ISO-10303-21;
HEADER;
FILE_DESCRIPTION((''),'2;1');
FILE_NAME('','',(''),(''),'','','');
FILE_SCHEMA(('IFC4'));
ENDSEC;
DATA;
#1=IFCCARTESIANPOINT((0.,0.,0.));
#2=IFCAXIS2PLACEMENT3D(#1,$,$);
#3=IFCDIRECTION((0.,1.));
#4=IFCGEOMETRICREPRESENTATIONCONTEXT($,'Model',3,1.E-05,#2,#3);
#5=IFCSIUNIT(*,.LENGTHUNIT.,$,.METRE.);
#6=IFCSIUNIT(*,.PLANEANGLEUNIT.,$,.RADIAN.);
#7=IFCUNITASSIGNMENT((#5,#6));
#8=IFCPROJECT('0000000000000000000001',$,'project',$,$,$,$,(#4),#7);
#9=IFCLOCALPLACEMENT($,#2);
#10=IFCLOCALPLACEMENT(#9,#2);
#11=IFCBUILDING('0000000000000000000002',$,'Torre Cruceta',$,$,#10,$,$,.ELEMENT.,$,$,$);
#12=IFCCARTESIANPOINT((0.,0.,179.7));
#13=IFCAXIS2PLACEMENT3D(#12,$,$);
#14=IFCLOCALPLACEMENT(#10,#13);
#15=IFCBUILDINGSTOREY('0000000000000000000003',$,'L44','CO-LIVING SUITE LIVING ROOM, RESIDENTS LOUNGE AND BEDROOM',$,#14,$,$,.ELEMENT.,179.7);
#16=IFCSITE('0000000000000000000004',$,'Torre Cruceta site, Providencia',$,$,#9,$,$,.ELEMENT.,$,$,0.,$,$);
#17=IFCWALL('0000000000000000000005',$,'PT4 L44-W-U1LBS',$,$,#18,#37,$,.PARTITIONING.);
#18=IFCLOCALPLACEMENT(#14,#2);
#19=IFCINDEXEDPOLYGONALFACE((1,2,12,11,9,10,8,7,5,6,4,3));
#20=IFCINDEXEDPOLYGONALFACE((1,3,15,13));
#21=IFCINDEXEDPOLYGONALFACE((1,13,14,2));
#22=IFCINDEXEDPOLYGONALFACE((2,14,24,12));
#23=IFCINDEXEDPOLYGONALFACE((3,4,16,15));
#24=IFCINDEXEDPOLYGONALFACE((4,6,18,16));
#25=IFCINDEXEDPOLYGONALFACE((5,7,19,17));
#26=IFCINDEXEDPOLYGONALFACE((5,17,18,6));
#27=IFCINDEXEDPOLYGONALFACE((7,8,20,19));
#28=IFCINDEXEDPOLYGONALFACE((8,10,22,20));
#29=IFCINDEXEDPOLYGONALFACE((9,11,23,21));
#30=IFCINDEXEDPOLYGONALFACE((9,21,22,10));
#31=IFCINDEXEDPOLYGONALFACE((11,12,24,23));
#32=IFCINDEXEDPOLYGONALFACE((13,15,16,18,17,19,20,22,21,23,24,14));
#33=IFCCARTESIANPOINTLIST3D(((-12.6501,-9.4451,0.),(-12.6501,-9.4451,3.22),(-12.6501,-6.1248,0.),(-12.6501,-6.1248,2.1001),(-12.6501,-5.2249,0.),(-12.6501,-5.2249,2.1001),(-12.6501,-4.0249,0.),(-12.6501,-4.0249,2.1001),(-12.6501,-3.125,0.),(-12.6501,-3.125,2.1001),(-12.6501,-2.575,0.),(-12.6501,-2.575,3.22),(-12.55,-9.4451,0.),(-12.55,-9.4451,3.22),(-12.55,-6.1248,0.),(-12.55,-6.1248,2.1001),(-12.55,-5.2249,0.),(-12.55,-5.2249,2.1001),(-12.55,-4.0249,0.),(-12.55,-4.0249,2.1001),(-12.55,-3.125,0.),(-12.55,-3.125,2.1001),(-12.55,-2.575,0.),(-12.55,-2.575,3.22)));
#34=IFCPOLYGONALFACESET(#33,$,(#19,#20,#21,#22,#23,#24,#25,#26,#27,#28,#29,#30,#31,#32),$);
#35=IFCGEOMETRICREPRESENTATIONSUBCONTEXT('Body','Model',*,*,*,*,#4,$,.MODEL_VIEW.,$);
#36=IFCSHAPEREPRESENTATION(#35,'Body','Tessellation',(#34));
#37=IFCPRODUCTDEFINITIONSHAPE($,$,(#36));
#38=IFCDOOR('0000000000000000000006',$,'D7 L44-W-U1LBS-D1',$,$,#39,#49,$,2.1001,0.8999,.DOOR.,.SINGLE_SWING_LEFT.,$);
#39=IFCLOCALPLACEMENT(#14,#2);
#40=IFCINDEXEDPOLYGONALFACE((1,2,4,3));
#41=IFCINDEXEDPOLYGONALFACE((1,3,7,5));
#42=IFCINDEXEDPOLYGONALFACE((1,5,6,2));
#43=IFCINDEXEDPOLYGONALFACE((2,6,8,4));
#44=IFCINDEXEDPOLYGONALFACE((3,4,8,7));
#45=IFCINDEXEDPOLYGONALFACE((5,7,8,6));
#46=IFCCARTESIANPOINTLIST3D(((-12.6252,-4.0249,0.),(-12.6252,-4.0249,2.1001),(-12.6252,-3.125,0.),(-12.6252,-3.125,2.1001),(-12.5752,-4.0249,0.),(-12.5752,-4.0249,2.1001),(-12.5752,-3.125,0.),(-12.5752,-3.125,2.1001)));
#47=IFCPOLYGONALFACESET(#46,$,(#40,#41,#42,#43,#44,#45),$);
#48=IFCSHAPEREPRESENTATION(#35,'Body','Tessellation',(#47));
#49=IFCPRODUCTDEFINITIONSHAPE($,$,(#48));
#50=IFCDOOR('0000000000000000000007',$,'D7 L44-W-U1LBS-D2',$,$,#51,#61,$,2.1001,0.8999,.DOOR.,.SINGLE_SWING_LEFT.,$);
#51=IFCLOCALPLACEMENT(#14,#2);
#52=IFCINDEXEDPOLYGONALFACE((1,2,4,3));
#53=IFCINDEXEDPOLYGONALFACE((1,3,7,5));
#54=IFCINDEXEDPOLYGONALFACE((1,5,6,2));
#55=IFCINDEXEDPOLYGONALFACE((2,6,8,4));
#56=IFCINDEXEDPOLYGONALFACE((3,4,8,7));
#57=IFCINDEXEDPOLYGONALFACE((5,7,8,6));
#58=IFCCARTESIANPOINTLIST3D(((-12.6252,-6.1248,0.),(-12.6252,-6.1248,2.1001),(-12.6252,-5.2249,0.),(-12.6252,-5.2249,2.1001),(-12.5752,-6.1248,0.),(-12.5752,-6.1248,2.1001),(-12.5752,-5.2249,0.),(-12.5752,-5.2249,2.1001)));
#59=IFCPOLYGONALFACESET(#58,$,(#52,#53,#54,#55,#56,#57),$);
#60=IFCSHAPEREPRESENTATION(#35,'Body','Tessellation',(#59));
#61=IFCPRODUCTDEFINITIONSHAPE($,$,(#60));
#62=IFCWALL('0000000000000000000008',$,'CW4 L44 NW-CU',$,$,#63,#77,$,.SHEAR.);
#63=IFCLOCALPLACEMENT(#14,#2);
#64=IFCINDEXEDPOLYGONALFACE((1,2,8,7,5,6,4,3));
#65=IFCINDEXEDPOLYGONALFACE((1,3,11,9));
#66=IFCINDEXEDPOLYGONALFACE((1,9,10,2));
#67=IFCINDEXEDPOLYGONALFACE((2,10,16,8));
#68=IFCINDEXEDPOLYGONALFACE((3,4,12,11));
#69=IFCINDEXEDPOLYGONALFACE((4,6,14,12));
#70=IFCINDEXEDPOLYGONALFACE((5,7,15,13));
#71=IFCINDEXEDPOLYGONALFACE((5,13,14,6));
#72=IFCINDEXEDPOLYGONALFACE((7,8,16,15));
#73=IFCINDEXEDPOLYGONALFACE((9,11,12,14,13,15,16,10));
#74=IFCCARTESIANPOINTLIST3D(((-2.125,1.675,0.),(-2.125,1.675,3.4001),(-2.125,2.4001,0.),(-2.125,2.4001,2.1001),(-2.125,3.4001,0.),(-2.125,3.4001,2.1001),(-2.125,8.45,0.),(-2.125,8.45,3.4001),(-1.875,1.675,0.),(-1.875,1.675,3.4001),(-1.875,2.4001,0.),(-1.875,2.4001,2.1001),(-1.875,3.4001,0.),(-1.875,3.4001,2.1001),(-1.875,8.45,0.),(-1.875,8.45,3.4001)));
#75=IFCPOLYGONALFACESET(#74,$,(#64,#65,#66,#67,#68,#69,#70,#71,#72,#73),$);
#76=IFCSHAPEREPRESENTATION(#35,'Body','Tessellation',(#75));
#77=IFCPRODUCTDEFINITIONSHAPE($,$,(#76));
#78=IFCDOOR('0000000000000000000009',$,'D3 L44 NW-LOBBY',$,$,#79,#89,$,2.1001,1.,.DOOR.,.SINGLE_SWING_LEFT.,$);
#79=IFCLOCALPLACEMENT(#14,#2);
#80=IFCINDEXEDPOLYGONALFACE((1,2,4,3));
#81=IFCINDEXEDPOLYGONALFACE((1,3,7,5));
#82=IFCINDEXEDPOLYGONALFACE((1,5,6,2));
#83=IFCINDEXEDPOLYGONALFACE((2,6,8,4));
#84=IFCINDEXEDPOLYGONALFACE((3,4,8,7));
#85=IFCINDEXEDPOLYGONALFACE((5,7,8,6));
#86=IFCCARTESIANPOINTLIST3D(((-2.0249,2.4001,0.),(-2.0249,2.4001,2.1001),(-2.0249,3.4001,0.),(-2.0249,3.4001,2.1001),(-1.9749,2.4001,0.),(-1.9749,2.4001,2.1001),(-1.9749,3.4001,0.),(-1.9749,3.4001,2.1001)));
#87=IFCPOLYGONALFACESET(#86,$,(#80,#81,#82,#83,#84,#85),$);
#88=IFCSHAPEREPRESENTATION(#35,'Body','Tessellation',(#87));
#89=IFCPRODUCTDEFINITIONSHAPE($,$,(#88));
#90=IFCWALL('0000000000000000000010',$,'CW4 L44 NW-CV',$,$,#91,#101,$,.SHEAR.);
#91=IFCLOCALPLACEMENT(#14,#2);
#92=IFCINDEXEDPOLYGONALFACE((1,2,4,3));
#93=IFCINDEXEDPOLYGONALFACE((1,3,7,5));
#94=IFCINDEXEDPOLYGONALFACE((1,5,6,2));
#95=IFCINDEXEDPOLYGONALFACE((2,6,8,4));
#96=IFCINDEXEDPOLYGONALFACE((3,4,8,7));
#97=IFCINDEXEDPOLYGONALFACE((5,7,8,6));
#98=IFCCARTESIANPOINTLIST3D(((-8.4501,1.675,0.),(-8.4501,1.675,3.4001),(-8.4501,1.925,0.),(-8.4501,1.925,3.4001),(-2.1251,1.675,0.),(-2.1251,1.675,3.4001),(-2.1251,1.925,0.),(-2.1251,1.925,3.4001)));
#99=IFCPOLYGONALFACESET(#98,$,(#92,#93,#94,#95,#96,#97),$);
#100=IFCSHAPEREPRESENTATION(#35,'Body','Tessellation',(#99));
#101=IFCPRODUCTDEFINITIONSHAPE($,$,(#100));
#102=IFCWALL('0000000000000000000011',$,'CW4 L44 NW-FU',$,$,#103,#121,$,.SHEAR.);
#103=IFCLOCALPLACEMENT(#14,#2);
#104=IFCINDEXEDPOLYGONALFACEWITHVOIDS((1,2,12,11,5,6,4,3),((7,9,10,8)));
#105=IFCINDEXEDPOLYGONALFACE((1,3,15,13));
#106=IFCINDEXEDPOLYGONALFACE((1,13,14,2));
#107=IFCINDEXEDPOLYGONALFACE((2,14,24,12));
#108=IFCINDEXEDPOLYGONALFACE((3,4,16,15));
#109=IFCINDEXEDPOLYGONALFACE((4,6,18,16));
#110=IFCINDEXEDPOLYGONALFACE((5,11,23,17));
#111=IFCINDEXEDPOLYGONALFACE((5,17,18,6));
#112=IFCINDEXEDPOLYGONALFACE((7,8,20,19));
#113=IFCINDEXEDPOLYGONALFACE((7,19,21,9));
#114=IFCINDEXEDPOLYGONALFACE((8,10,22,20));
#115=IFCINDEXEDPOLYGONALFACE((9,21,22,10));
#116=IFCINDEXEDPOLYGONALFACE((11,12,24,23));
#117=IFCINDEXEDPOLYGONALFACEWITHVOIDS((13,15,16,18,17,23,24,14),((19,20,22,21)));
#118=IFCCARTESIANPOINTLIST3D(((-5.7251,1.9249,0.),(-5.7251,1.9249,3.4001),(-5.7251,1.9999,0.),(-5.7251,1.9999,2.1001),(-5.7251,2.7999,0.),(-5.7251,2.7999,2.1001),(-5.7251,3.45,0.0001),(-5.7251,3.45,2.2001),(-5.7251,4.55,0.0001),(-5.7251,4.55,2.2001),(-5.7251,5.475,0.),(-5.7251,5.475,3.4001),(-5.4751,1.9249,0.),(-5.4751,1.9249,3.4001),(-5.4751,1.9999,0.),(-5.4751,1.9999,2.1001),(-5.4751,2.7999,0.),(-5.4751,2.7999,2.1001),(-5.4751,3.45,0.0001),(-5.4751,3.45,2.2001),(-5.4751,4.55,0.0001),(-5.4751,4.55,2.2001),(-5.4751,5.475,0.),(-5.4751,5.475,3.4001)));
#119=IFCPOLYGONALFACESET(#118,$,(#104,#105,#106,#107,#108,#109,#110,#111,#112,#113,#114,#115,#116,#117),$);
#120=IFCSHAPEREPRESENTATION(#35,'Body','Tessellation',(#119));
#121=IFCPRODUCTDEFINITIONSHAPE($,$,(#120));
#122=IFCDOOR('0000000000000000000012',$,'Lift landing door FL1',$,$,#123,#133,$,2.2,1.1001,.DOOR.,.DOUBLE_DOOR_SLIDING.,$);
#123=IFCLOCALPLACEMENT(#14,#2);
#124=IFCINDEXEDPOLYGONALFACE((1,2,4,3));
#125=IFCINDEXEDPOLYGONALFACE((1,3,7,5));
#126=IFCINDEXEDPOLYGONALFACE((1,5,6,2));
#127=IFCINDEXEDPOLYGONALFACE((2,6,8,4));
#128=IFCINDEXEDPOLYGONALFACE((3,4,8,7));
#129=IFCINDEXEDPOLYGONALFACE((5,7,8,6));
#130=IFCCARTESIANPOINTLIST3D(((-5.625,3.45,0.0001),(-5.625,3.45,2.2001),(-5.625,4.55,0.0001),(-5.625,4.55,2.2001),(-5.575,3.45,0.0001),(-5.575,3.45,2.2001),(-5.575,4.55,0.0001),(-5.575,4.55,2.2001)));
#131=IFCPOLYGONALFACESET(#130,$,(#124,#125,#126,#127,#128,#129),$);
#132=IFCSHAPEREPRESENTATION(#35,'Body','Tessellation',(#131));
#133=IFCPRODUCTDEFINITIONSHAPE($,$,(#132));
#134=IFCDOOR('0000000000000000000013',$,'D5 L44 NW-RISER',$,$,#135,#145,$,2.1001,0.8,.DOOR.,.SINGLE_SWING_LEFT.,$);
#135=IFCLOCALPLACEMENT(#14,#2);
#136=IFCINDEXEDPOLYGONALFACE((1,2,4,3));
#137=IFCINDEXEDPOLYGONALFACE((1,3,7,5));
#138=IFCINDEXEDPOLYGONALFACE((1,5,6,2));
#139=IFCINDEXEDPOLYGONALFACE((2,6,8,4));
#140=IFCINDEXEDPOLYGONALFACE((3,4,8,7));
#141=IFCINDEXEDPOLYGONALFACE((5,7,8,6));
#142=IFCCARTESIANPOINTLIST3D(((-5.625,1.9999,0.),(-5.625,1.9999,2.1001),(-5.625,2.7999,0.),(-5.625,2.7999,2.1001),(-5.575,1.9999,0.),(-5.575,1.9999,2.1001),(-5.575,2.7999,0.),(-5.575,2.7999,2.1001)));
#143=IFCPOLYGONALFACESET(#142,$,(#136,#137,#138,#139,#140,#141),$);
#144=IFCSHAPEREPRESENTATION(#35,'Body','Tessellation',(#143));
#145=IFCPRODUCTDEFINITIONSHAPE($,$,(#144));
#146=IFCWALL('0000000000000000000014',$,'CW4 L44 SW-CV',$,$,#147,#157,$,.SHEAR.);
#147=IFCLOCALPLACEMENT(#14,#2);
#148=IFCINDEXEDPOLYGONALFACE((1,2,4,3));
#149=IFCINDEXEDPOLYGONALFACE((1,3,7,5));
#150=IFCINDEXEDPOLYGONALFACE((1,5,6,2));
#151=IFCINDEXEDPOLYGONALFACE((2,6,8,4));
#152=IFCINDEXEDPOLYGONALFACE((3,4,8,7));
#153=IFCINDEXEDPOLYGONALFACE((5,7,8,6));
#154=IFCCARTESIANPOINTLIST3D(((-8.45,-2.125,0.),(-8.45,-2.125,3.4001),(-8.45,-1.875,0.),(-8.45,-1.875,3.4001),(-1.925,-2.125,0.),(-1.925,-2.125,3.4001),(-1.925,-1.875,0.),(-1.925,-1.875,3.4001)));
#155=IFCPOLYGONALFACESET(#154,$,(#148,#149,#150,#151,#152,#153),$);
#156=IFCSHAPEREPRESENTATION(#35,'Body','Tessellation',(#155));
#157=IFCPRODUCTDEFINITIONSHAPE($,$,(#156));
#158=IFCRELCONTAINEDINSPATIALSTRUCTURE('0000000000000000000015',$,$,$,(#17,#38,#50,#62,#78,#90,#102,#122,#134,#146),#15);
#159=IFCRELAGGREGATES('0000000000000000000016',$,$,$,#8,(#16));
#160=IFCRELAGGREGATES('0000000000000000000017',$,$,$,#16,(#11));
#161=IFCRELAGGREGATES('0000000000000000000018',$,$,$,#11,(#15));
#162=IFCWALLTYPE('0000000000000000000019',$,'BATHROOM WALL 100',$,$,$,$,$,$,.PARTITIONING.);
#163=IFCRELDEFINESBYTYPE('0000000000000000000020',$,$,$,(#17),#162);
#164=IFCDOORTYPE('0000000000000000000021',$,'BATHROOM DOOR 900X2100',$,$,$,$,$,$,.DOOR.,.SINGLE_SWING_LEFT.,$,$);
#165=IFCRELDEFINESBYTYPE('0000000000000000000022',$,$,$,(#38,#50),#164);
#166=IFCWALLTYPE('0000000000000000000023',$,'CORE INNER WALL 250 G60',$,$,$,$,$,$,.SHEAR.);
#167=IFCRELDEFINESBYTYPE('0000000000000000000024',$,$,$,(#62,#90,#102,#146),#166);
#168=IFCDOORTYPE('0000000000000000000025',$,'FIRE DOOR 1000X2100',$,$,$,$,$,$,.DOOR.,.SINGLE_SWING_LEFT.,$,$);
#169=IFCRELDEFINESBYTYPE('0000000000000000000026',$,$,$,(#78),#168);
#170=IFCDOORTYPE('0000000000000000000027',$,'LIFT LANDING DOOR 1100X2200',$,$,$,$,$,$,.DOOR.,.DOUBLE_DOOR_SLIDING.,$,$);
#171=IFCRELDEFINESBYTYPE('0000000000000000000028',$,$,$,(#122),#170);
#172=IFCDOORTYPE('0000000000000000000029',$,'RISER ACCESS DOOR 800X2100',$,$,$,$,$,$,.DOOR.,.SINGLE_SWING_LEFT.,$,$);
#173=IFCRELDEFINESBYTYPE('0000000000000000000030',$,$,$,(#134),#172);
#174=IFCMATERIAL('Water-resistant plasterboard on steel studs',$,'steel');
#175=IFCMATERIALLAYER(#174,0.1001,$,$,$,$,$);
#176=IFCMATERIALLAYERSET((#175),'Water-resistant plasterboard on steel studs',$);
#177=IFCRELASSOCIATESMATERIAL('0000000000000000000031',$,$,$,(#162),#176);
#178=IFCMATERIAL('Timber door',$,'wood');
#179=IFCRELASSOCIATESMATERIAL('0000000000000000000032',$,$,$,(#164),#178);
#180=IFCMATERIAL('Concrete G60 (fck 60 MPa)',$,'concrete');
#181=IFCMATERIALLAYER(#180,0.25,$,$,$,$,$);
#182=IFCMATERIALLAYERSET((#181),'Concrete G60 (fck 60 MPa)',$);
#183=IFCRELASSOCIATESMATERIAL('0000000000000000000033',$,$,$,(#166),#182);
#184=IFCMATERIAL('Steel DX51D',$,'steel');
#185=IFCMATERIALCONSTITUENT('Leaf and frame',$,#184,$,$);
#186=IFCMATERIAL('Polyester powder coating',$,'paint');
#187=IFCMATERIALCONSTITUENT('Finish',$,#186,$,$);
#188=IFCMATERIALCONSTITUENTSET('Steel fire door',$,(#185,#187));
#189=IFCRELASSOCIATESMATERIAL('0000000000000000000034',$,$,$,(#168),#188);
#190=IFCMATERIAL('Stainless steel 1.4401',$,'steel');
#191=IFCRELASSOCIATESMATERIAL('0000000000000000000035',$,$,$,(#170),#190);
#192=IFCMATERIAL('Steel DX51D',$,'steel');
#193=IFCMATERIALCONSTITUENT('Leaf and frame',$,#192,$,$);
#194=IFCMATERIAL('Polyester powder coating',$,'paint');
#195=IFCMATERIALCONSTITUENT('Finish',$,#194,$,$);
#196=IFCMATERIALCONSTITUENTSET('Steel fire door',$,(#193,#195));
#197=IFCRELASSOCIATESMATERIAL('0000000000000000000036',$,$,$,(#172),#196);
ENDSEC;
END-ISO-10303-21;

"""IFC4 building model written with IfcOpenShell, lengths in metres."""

from ifc_helpers import new_model, si_unit, direction, frame, frame_2d, origin, place, context, subcontext, project, spatial, rectangle, extrude, material, layer, layer_set, constituent, constituent_set, type_object, element, fill, save


model = new_model("IFC4")

# Units and contexts
model_context = context("Model", 3, precision=1e-05, world=origin(), true_north=direction((0.0, 1.0)))
body_context = subcontext(model_context, "Body", "Model", "MODEL_VIEW")
ifc_project = project(units=[si_unit("LENGTHUNIT", "METRE"), si_unit("PLANEANGLEUNIT", "RADIAN")], contexts=[model_context])

# Site, building, storey
site_placement = place(None, origin())
site = spatial("IfcSite", under=ifc_project, at=site_placement, Name="Torre Cruceta site, Providencia", CompositionType="ELEMENT", RefElevation=0.0)
building_placement = place(site_placement, origin())
building = spatial("IfcBuilding", under=site, at=building_placement, Name="Torre Cruceta", CompositionType="ELEMENT")
storey_placement = place(building_placement, frame((0.0, 0.0, 179.7)))
storey = spatial("IfcBuildingStorey", under=building, at=storey_placement, Name="L44", Description="CO-LIVING SUITE LIVING ROOM, RESIDENTS LOUNGE AND BEDROOM", CompositionType="ELEMENT", Elevation=179.7)

# Wall, openings, doors
ifc_material_1 = material(Name="Water-resistant plasterboard on steel studs", Category="steel")
ifc_layer_1 = layer(ifc_material_1, 0.1001)
ifc_layer_set_1 = layer_set([ifc_layer_1], Name="Water-resistant plasterboard on steel studs")
wall_type_1 = type_object("IfcWallType", Name="BATHROOM WALL 100", PredefinedType="PARTITIONING", material=ifc_layer_set_1)
wall_1_placement = place(storey_placement, frame((-12.6001, -2.575, 0.0), z_axis=(0.0, 0.0, 1.0), x_axis=(0.0, -1.0, 0.0)))
wall_1 = element("IfcWall", 1, at=wall_1_placement, inside=storey, type_object=wall_type_1, Name="PT4 L44-W-U1LBS", PredefinedType="PARTITIONING", context=body_context, shape_type="SweptSolid", body=[
    extrude(rectangle(XDim=6.8701, YDim=0.1001, at=frame_2d((3.4351, 0.0))), origin(), (0.0, 0.0, 1.0), 3.22),
])
opening_1_placement = place(wall_1_placement, frame((0.55, 0.0, 0.0)))
opening_1 = element("IfcOpeningElement", 2, at=opening_1_placement, cuts=wall_1, PredefinedType="OPENING", context=body_context, shape_type="SweptSolid", body=[
    extrude(rectangle(XDim=0.8999, YDim=2.1001, at=frame_2d((0.45, 1.05))), frame((0.0, 0.0601, 0.0), z_axis=(0.0, -1.0, 0.0), x_axis=(1.0, 0.0, 0.0)), (0.0, 0.0, 1.0), 0.1201),
])
opening_2_placement = place(wall_1_placement, frame((2.6499, 0.0, 0.0)))
opening_2 = element("IfcOpeningElement", 3, at=opening_2_placement, cuts=wall_1, PredefinedType="OPENING", context=body_context, shape_type="SweptSolid", body=[
    extrude(rectangle(XDim=0.8999, YDim=2.1001, at=frame_2d((0.45, 1.05))), frame((0.0, 0.0601, 0.0), z_axis=(0.0, -1.0, 0.0), x_axis=(1.0, 0.0, 0.0)), (0.0, 0.0, 1.0), 0.1201),
])
ifc_material_2 = material(Name="Timber door", Category="wood")
door_type_1 = type_object("IfcDoorType", Name="BATHROOM DOOR 900X2100", OperationType="SINGLE_SWING_LEFT", PredefinedType="DOOR", material=ifc_material_2)
door_1_placement = place(opening_1_placement, origin())
door_1 = element("IfcDoor", 4, at=door_1_placement, inside=storey, type_object=door_type_1, Name="D7 L44-W-U1LBS-D1", OperationType="SINGLE_SWING_LEFT", OverallHeight=2.1001, OverallWidth=0.8999, PredefinedType="DOOR", context=body_context, shape_type="SweptSolid", body=[
    extrude(rectangle(XDim=0.8999, YDim=2.1001, at=frame_2d((0.45, 1.05))), frame((0.0, 0.0249, 0.0), z_axis=(0.0, -1.0, 0.0), x_axis=(1.0, 0.0, 0.0)), (0.0, 0.0, 1.0), 0.05),
])
fill(opening_1, door_1)
door_2_placement = place(opening_2_placement, origin())
door_2 = element("IfcDoor", 5, at=door_2_placement, inside=storey, type_object=door_type_1, Name="D7 L44-W-U1LBS-D2", OperationType="SINGLE_SWING_LEFT", OverallHeight=2.1001, OverallWidth=0.8999, PredefinedType="DOOR", context=body_context, shape_type="SweptSolid", body=[
    extrude(rectangle(XDim=0.8999, YDim=2.1001, at=frame_2d((0.45, 1.05))), frame((0.0, 0.0249, 0.0), z_axis=(0.0, -1.0, 0.0), x_axis=(1.0, 0.0, 0.0)), (0.0, 0.0, 1.0), 0.05),
])
fill(opening_2, door_2)

# Wall, opening, door
ifc_material_3 = material(Name="Concrete G60 (fck 60 MPa)", Category="concrete")
ifc_layer_2 = layer(ifc_material_3, 0.25)
ifc_layer_set_2 = layer_set([ifc_layer_2], Name="Concrete G60 (fck 60 MPa)")
wall_type_2 = type_object("IfcWallType", Name="CORE INNER WALL 250 G60", PredefinedType="SHEAR", material=ifc_layer_set_2)
wall_2_placement = place(storey_placement, frame((-2.0, 1.675, 0.0), z_axis=(0.0, 0.0, 1.0), x_axis=(0.0, 1.0, 0.0)))
wall_2 = element("IfcWall", 6, at=wall_2_placement, inside=storey, type_object=wall_type_2, Name="CW4 L44 NW-CU", PredefinedType="SHEAR", context=body_context, shape_type="SweptSolid", body=[
    extrude(rectangle(XDim=6.7749, YDim=0.25, at=frame_2d((3.3875, 0.0))), origin(), (0.0, 0.0, 1.0), 3.4001),
])
opening_3_placement = place(wall_2_placement, frame((0.7251, 0.0, 0.0)))
opening_3 = element("IfcOpeningElement", 7, at=opening_3_placement, cuts=wall_2, PredefinedType="OPENING", context=body_context, shape_type="SweptSolid", body=[
    extrude(rectangle(XDim=1.0, YDim=2.1001, at=frame_2d((0.5, 1.05))), frame((0.0, 0.135, 0.0), z_axis=(0.0, -1.0, 0.0), x_axis=(1.0, 0.0, 0.0)), (0.0, 0.0, 1.0), 0.27),
])
ifc_material_4 = material(Name="Steel DX51D", Category="steel")
ifc_constituent_1 = constituent(ifc_material_4, Name="Leaf and frame")
ifc_material_5 = material(Name="Polyester powder coating", Category="paint")
ifc_constituent_2 = constituent(ifc_material_5, Name="Finish")
ifc_constituent_set_1 = constituent_set(constituents=[ifc_constituent_1, ifc_constituent_2], Name="Steel fire door")
door_type_2 = type_object("IfcDoorType", Name="FIRE DOOR 1000X2100", OperationType="SINGLE_SWING_LEFT", PredefinedType="DOOR", material=ifc_constituent_set_1)
door_3_placement = place(opening_3_placement, origin())
door_3 = element("IfcDoor", 8, at=door_3_placement, inside=storey, type_object=door_type_2, Name="D3 L44 NW-LOBBY", OperationType="SINGLE_SWING_LEFT", OverallHeight=2.1001, OverallWidth=1.0, PredefinedType="DOOR", context=body_context, shape_type="SweptSolid", body=[
    extrude(rectangle(XDim=1.0, YDim=2.1001, at=frame_2d((0.5, 1.05))), frame((0.0, 0.0249, 0.0), z_axis=(0.0, -1.0, 0.0), x_axis=(1.0, 0.0, 0.0)), (0.0, 0.0, 1.0), 0.05),
])
fill(opening_3, door_3)

# Wall
wall_3_placement = place(storey_placement, frame((-2.125, 1.8, 0.0), z_axis=(0.0, 0.0, 1.0), x_axis=(-1.0, 0.0, 0.0)))
element("IfcWall", 9, at=wall_3_placement, inside=storey, type_object=wall_type_2, Name="CW4 L44 NW-CV", PredefinedType="SHEAR", context=body_context, shape_type="SweptSolid", body=[
    extrude(rectangle(XDim=6.325, YDim=0.25, at=frame_2d((3.1626, 0.0))), origin(), (0.0, 0.0, 1.0), 3.4001),
])

# Wall, openings, doors
wall_4_placement = place(storey_placement, frame((-5.6001, 1.925, 0.0), z_axis=(0.0, 0.0, 1.0), x_axis=(0.0, 1.0, 0.0)))
wall_4 = element("IfcWall", 10, at=wall_4_placement, inside=storey, type_object=wall_type_2, Name="CW4 L44 NW-FU", PredefinedType="SHEAR", context=body_context, shape_type="SweptSolid", body=[
    extrude(rectangle(XDim=3.55, YDim=0.25, at=frame_2d((1.7749, 0.0))), origin(), (0.0, 0.0, 1.0), 3.4001),
])
opening_4_placement = place(wall_4_placement, frame((1.5249, 0.0, 0.0)))
opening_4 = element("IfcOpeningElement", 11, at=opening_4_placement, cuts=wall_4, PredefinedType="OPENING", context=body_context, shape_type="SweptSolid", body=[
    extrude(rectangle(XDim=1.1001, YDim=2.2, at=frame_2d((0.55, 1.1001))), frame((0.0, 0.135, 0.0), z_axis=(0.0, -1.0, 0.0), x_axis=(1.0, 0.0, 0.0)), (0.0, 0.0, 1.0), 0.27),
])
opening_5_placement = place(wall_4_placement, frame((0.075, 0.0, 0.0)))
opening_5 = element("IfcOpeningElement", 12, at=opening_5_placement, cuts=wall_4, PredefinedType="OPENING", context=body_context, shape_type="SweptSolid", body=[
    extrude(rectangle(XDim=0.8, YDim=2.1001, at=frame_2d((0.3999, 1.05))), frame((0.0, 0.135, 0.0), z_axis=(0.0, -1.0, 0.0), x_axis=(1.0, 0.0, 0.0)), (0.0, 0.0, 1.0), 0.27),
])
ifc_material_6 = material(Name="Stainless steel 1.4401", Category="steel")
door_type_3 = type_object("IfcDoorType", Name="LIFT LANDING DOOR 1100X2200", OperationType="DOUBLE_DOOR_SLIDING", PredefinedType="DOOR", material=ifc_material_6)
door_4_placement = place(opening_4_placement, origin())
door_4 = element("IfcDoor", 13, at=door_4_placement, inside=storey, type_object=door_type_3, Name="Lift landing door FL1", OperationType="DOUBLE_DOOR_SLIDING", OverallHeight=2.2, OverallWidth=1.1001, PredefinedType="DOOR", context=body_context, shape_type="SweptSolid", body=[
    extrude(rectangle(XDim=1.1001, YDim=2.2, at=frame_2d((0.55, 1.1001))), frame((0.0, 0.0249, 0.0), z_axis=(0.0, -1.0, 0.0), x_axis=(1.0, 0.0, 0.0)), (0.0, 0.0, 1.0), 0.05),
])
fill(opening_4, door_4)
ifc_material_7 = material(Name="Steel DX51D", Category="steel")
ifc_constituent_3 = constituent(ifc_material_7, Name="Leaf and frame")
ifc_material_8 = material(Name="Polyester powder coating", Category="paint")
ifc_constituent_4 = constituent(ifc_material_8, Name="Finish")
ifc_constituent_set_2 = constituent_set(constituents=[ifc_constituent_3, ifc_constituent_4], Name="Steel fire door")
door_type_4 = type_object("IfcDoorType", Name="RISER ACCESS DOOR 800X2100", OperationType="SINGLE_SWING_LEFT", PredefinedType="DOOR", material=ifc_constituent_set_2)
door_5_placement = place(opening_5_placement, origin())
door_5 = element("IfcDoor", 14, at=door_5_placement, inside=storey, type_object=door_type_4, Name="D5 L44 NW-RISER", OperationType="SINGLE_SWING_LEFT", OverallHeight=2.1001, OverallWidth=0.8, PredefinedType="DOOR", context=body_context, shape_type="SweptSolid", body=[
    extrude(rectangle(XDim=0.8, YDim=2.1001, at=frame_2d((0.3999, 1.05))), frame((0.0, 0.0249, 0.0), z_axis=(0.0, -1.0, 0.0), x_axis=(1.0, 0.0, 0.0)), (0.0, 0.0, 1.0), 0.05),
])
fill(opening_5, door_5)

# Wall
wall_5_placement = place(storey_placement, frame((-1.925, -2.0, 0.0), z_axis=(0.0, 0.0, 1.0), x_axis=(-1.0, 0.0, 0.0)))
element("IfcWall", 15, at=wall_5_placement, inside=storey, type_object=wall_type_2, Name="CW4 L44 SW-CV", PredefinedType="SHEAR", context=body_context, shape_type="SweptSolid", body=[
    extrude(rectangle(XDim=6.5249, YDim=0.25, at=frame_2d((3.2625, 0.0))), origin(), (0.0, 0.0, 1.0), 3.4001),
])

save(model, "model.ifc")
